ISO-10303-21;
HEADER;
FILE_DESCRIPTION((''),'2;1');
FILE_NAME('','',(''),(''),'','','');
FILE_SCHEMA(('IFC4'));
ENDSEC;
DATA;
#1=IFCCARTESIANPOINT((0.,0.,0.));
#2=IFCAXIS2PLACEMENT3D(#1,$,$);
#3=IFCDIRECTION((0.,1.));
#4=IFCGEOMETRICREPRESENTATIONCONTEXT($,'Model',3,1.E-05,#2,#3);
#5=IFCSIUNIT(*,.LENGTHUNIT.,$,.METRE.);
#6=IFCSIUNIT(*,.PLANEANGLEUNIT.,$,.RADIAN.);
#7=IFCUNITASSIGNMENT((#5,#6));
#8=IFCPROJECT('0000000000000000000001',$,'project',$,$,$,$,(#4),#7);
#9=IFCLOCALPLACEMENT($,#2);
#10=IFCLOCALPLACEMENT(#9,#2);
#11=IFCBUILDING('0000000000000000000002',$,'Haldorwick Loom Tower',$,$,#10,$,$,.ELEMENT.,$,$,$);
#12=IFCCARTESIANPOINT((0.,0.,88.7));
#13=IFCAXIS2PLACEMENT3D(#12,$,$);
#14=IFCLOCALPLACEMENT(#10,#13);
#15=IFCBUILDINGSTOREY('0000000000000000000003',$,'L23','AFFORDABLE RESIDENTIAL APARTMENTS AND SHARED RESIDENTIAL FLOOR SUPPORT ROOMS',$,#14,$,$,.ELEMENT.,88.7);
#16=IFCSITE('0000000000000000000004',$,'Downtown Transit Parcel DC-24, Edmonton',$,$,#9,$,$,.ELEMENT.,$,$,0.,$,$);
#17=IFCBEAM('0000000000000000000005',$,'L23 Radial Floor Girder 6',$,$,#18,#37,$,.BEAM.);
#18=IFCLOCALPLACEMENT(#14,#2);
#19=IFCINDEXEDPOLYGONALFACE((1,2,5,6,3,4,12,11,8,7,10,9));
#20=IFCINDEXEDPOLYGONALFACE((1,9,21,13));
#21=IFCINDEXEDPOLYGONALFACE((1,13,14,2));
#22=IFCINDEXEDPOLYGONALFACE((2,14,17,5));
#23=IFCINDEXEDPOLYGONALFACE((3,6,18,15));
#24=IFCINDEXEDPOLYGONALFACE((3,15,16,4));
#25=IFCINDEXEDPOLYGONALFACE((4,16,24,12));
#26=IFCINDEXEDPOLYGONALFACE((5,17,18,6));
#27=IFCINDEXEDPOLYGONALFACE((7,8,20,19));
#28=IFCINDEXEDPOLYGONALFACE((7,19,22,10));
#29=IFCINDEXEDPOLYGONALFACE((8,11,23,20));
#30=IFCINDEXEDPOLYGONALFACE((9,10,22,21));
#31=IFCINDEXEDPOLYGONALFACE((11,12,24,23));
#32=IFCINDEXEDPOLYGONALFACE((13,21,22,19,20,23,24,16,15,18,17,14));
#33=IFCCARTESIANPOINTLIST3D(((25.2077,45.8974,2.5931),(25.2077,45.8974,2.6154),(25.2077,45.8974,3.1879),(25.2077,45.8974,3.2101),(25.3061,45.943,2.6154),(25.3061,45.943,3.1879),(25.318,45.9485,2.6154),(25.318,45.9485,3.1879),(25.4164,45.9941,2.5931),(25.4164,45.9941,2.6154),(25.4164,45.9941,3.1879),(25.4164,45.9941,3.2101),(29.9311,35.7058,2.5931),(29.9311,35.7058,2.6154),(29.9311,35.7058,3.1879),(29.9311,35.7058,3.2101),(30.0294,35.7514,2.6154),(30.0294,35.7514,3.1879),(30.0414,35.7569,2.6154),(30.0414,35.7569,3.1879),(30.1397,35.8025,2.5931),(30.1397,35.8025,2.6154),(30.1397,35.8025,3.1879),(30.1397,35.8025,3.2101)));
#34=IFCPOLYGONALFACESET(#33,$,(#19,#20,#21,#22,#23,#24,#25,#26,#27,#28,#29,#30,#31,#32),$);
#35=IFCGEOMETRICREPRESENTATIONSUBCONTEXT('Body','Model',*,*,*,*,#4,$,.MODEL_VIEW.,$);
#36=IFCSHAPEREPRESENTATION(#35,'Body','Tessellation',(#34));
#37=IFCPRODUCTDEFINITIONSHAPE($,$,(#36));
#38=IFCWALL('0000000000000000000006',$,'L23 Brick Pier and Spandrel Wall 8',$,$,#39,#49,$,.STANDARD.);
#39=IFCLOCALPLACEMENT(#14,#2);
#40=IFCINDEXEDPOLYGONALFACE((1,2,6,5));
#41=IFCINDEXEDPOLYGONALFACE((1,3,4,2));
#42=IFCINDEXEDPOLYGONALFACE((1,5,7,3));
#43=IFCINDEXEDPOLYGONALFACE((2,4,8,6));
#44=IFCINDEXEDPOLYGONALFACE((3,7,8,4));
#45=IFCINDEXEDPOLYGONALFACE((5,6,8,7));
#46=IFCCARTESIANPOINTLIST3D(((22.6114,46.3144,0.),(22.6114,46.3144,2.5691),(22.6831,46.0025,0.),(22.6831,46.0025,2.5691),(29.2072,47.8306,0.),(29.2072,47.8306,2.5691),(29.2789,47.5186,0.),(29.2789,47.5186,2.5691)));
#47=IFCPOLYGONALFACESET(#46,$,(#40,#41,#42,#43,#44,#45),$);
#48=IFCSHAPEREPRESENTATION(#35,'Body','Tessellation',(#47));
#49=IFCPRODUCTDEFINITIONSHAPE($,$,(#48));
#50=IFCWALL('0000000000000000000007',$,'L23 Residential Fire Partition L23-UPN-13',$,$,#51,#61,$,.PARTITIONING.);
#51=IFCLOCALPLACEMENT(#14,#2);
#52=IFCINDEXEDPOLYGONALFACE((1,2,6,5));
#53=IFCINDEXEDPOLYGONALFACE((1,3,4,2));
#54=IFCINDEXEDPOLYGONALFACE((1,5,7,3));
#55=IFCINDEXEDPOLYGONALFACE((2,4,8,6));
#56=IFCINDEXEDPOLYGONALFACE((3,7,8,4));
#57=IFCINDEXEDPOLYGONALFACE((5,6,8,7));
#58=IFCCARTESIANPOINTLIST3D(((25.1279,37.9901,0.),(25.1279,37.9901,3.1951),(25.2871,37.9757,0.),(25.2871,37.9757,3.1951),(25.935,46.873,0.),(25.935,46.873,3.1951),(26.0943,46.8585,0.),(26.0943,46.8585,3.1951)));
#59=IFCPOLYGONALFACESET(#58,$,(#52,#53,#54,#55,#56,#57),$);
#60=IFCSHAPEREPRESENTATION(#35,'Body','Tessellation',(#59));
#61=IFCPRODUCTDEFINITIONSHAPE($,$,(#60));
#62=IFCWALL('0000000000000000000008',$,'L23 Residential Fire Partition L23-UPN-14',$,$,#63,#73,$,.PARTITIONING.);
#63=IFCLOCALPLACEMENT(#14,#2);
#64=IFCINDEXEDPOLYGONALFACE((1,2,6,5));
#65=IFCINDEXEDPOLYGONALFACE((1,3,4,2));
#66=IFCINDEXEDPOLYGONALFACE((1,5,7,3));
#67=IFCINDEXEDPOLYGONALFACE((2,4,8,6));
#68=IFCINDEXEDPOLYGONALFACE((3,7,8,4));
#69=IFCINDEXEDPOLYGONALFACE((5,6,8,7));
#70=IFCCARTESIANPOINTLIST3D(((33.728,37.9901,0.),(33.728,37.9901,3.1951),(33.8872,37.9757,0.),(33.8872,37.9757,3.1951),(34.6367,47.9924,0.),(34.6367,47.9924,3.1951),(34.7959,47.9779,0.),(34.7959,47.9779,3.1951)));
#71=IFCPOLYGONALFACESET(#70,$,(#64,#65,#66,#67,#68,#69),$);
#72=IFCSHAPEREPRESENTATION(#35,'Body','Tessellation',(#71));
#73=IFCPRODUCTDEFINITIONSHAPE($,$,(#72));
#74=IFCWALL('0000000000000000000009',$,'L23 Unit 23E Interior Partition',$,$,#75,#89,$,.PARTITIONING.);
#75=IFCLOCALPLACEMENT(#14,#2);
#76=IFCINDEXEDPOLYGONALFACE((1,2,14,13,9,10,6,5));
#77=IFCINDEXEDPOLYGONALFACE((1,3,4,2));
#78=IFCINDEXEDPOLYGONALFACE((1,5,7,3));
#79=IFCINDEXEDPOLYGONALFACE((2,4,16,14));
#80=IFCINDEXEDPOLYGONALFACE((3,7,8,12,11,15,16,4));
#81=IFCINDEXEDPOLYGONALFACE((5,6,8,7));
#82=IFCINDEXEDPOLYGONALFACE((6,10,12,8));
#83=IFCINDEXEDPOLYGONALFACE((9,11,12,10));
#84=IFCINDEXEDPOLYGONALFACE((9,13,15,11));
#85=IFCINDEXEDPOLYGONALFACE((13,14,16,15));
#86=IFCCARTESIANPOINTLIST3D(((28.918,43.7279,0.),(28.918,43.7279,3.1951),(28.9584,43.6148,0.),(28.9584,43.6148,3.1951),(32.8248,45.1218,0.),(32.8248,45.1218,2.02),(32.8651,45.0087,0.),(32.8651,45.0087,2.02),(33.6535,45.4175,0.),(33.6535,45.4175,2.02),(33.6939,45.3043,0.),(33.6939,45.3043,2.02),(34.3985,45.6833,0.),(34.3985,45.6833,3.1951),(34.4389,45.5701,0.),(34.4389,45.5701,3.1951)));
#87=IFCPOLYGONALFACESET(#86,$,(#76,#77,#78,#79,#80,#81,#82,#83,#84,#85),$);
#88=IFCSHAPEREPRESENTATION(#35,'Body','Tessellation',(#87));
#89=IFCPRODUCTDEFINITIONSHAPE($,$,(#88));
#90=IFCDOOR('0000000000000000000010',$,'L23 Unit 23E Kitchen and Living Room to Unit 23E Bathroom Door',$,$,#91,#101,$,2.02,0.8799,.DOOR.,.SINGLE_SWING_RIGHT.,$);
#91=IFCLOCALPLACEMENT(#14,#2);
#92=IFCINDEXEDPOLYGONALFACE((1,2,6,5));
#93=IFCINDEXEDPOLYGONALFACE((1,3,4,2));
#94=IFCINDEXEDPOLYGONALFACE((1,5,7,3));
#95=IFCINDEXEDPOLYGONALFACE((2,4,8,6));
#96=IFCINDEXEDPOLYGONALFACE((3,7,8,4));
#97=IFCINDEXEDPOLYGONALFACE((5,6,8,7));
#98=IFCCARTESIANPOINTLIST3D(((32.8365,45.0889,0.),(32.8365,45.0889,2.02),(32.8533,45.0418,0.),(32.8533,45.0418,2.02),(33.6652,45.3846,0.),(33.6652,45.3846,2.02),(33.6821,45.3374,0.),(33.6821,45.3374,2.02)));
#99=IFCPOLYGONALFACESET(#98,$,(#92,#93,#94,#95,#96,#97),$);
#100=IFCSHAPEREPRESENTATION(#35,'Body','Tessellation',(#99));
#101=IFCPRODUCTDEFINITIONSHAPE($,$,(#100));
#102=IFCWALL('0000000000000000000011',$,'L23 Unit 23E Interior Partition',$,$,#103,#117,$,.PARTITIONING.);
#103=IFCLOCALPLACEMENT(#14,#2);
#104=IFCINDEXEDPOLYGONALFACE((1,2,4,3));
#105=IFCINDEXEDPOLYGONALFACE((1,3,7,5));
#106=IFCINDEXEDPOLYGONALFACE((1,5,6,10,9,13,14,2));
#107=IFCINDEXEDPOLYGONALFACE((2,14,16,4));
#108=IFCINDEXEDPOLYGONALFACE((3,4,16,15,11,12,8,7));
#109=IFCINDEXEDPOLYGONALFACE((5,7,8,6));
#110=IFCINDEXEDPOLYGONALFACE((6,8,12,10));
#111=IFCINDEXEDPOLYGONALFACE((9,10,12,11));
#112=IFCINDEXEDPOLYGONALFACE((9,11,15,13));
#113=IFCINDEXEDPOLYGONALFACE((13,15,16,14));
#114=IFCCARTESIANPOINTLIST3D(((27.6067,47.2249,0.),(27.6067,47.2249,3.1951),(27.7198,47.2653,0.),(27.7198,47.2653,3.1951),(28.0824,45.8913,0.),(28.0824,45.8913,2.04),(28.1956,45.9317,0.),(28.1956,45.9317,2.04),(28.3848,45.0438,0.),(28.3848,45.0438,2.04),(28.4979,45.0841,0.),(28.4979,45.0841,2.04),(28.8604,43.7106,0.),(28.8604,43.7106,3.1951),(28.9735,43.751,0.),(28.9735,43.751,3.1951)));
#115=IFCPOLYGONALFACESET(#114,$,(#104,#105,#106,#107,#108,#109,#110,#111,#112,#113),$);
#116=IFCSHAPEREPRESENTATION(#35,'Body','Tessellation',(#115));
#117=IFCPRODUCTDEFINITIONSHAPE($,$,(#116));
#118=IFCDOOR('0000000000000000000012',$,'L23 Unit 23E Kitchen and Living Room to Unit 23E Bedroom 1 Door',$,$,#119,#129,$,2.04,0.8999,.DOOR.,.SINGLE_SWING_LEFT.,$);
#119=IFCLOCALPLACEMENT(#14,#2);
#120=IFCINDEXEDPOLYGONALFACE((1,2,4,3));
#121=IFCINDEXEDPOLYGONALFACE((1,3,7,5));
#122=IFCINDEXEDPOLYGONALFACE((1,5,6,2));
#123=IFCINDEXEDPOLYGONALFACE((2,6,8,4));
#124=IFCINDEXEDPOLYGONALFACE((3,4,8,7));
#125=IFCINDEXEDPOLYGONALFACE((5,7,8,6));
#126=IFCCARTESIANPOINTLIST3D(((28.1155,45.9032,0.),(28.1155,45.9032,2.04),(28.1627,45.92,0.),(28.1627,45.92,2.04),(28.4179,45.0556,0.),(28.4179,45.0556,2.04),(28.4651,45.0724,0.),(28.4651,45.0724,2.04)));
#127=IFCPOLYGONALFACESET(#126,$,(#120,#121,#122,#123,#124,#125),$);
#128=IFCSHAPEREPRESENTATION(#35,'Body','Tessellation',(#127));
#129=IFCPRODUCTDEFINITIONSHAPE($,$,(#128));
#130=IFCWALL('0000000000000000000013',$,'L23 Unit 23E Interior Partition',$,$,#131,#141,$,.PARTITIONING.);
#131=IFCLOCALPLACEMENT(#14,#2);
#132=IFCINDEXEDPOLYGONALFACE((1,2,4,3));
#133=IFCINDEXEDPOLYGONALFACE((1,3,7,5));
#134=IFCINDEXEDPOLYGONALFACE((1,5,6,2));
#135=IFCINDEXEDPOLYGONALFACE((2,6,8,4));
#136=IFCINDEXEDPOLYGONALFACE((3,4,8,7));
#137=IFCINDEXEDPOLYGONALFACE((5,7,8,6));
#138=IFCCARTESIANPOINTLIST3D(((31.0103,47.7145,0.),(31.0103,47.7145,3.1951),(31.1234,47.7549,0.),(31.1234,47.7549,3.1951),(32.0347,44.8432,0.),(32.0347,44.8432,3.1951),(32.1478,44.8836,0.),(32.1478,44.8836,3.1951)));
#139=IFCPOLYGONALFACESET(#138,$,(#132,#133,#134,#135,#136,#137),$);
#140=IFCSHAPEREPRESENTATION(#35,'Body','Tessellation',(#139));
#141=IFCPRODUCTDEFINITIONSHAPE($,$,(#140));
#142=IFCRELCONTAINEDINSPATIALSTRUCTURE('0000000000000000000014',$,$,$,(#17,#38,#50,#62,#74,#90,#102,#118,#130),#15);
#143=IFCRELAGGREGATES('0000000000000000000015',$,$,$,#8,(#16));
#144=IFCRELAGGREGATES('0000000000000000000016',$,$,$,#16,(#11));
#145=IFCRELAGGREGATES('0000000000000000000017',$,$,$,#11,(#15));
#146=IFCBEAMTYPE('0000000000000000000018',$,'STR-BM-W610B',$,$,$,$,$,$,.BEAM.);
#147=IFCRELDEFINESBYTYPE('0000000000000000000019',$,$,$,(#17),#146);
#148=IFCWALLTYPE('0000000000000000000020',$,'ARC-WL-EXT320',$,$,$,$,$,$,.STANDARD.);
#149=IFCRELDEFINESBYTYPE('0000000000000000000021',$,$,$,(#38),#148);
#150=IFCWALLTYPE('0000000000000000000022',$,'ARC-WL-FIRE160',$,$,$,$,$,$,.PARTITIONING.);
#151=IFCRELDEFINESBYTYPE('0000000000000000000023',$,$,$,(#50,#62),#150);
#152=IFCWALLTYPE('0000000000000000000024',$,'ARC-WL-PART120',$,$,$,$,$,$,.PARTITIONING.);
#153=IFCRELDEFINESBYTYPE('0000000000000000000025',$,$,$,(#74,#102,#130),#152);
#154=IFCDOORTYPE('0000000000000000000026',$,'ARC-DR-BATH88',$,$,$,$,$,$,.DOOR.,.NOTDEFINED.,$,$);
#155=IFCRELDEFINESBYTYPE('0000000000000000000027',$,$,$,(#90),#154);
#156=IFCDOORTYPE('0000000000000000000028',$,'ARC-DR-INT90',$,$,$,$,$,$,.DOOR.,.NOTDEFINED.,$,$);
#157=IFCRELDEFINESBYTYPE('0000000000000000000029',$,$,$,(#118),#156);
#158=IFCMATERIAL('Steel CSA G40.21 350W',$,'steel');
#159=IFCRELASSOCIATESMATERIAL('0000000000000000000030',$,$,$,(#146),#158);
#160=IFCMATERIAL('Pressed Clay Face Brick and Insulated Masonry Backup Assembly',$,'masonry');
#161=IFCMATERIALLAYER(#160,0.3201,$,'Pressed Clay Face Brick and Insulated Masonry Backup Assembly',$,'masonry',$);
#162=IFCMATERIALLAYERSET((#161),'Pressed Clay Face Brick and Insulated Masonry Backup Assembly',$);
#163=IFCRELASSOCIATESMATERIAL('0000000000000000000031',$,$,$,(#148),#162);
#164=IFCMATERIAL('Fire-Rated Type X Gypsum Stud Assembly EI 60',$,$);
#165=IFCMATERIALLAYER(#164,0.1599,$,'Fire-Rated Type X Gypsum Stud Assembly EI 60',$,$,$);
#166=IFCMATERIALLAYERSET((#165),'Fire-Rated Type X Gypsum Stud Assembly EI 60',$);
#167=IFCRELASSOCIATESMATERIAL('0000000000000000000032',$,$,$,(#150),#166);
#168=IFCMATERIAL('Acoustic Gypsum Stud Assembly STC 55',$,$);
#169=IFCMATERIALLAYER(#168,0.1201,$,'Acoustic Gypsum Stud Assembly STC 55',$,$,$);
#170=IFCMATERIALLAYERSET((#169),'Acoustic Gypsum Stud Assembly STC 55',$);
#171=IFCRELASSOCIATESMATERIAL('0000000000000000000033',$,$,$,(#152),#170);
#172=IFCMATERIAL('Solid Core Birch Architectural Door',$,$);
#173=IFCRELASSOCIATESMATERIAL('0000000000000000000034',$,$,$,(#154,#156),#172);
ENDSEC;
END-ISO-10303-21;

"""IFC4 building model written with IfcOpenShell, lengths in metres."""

from ifc_helpers import new_model, si_unit, direction, frame, frame_2d, origin, origin_2d, place, context, subcontext, project, spatial, rectangle, i_section, extrude, material, layer, layer_set, material_profile, profile_set, type_object, element, fill, save


model = new_model("IFC4")

# Units and contexts
model_context = context("Model", 3, precision=1e-05, world=origin(), true_north=direction((0.0, 1.0)))
body_context = subcontext(model_context, "Body", "Model", "MODEL_VIEW")
ifc_project = project(units=[si_unit("LENGTHUNIT", "METRE"), si_unit("PLANEANGLEUNIT", "RADIAN")], contexts=[model_context])

# Site, building, storey
site_placement = place(None, origin())
site = spatial("IfcSite", under=ifc_project, at=site_placement, Name="Downtown Transit Parcel DC-24, Edmonton", CompositionType="ELEMENT", RefElevation=0.0)
building_placement = place(site_placement, origin())
building = spatial("IfcBuilding", under=site, at=building_placement, Name="Haldorwick Loom Tower", CompositionType="ELEMENT")
storey_placement = place(building_placement, frame((0.0, 0.0, 88.7)))
storey = spatial("IfcBuildingStorey", under=building, at=storey_placement, Name="L23", Description="AFFORDABLE RESIDENTIAL APARTMENTS AND SHARED RESIDENTIAL FLOOR SUPPORT ROOMS", CompositionType="ELEMENT", Elevation=88.7)

# Beam
ifc_material_1 = material(Name="Steel CSA G40.21 350W", Category="steel")
ifc_material_profile_1 = material_profile(ifc_material_1, i_section(OverallWidth=0.23, OverallDepth=0.6169, WebThickness=0.0132, FlangeThickness=0.0222, at=origin_2d()), Name="W610X140", Category="steel")
ifc_profile_set_1 = profile_set([ifc_material_profile_1], Name="Steel CSA G40.21 350W")
beam_type_1 = type_object("IfcBeamType", Name="STR-BM-W610B", PredefinedType="BEAM", material=ifc_profile_set_1)
beam_1_placement = place(storey_placement, frame((30.0354, 35.7542, 2.9016), z_axis=(-0.420492, 0.907296, 0.0), x_axis=(-0.907296, -0.420492, 0.0)))
element("IfcBeam", 1, at=beam_1_placement, inside=storey, type_object=beam_type_1, Name="L23 Radial Floor Girder 6", PredefinedType="BEAM", context=body_context, shape_type="SweptSolid", body=[
    extrude(i_section(OverallWidth=0.23, OverallDepth=0.6169, WebThickness=0.0132, FlangeThickness=0.0222, at=origin_2d()), origin(), (0.0, 0.0, 1.0), 11.2329),
])

# Walls
ifc_material_2 = material(Name="Pressed Clay Face Brick and Insulated Masonry Backup Assembly", Category="masonry")
ifc_layer_1 = layer(ifc_material_2, 0.3201, Name="Pressed Clay Face Brick and Insulated Masonry Backup Assembly", Category="masonry")
ifc_layer_set_1 = layer_set([ifc_layer_1], Name="Pressed Clay Face Brick and Insulated Masonry Backup Assembly")
wall_type_1 = type_object("IfcWallType", Name="ARC-WL-EXT320", PredefinedType="STANDARD", material=ifc_layer_set_1)
wall_1_placement = place(storey_placement, frame((29.2429, 47.6746, 0.0), z_axis=(0.0, 0.0, 1.0), x_axis=(-0.974584, -0.224022, 0.0)))
element("IfcWall", 2, at=wall_1_placement, inside=storey, type_object=wall_type_1, Name="L23 Brick Pier and Spandrel Wall 8", PredefinedType="STANDARD", context=body_context, shape_type="SweptSolid", body=[
    extrude(rectangle(XDim=6.7678, YDim=0.3201, at=frame_2d((3.3838, 0.0))), origin(), (0.0, 0.0, 1.0), 2.5691),
])
ifc_material_3 = material(Name="Fire-Rated Type X Gypsum Stud Assembly EI 60")
ifc_layer_2 = layer(ifc_material_3, 0.1599, Name="Fire-Rated Type X Gypsum Stud Assembly EI 60")
ifc_layer_set_2 = layer_set([ifc_layer_2], Name="Fire-Rated Type X Gypsum Stud Assembly EI 60")
wall_type_2 = type_object("IfcWallType", Name="ARC-WL-FIRE160", PredefinedType="PARTITIONING", material=ifc_layer_set_2)
wall_2_placement = place(storey_placement, frame((25.2075, 37.9829, 0.0), z_axis=(0.0, 0.0, 1.0), x_axis=(0.090491, 0.995897, 0.0)))
element("IfcWall", 3, at=wall_2_placement, inside=storey, type_object=wall_type_2, Name="L23 Residential Fire Partition L23-UPN-13", PredefinedType="PARTITIONING", context=body_context, shape_type="SweptSolid", body=[
    extrude(rectangle(XDim=8.9194, YDim=0.1599, at=frame_2d((4.4597, 0.0))), origin(), (0.0, 0.0, 1.0), 3.1951),
])
wall_3_placement = place(storey_placement, frame((33.8076, 37.9829, 0.0), z_axis=(0.0, 0.0, 1.0), x_axis=(0.090477, 0.995899, 0.0)))
element("IfcWall", 4, at=wall_3_placement, inside=storey, type_object=wall_type_2, Name="L23 Residential Fire Partition L23-UPN-14", PredefinedType="PARTITIONING", context=body_context, shape_type="SweptSolid", body=[
    extrude(rectangle(XDim=10.0435, YDim=0.1599, at=frame_2d((5.0217, 0.0))), origin(), (0.0, 0.0, 1.0), 3.1951),
])

# Walls, openings, doors
ifc_material_4 = material(Name="Acoustic Gypsum Stud Assembly STC 55")
ifc_layer_3 = layer(ifc_material_4, 0.1201, Name="Acoustic Gypsum Stud Assembly STC 55")
ifc_layer_set_3 = layer_set([ifc_layer_3], Name="Acoustic Gypsum Stud Assembly STC 55")
wall_type_3 = type_object("IfcWallType", Name="ARC-WL-PART120", PredefinedType="PARTITIONING", material=ifc_layer_set_3)
wall_4_placement = place(storey_placement, frame((34.4187, 45.6267, 0.0), z_axis=(0.0, 0.0, 1.0), x_axis=(-0.94185, -0.336033, 0.0)))
wall_4 = element("IfcWall", 5, at=wall_4_placement, inside=storey, type_object=wall_type_3, Name="L23 Unit 23E Interior Partition", PredefinedType="PARTITIONING", context=body_context, shape_type="SweptSolid", body=[
    extrude(rectangle(XDim=5.8188, YDim=0.1201, at=frame_2d((2.9094, 0.0))), origin(), (0.0, 0.0, 1.0), 3.1951),
])
opening_1_placement = place(wall_4_placement, frame((0.791, 0.0, 0.0)))
opening_1 = element("IfcOpeningElement", 6, at=opening_1_placement, cuts=wall_4, PredefinedType="OPENING", context=body_context, shape_type="SweptSolid", body=[
    extrude(rectangle(XDim=0.8799, YDim=2.02, at=frame_2d((0.4399, 1.01))), frame((0.0, 0.0701, 0.0), z_axis=(0.0, -1.0, 0.0), x_axis=(1.0, 0.0, 0.0)), (0.0, 0.0, 1.0), 0.1401),
])
ifc_material_5 = material(Name="Solid Core Birch Architectural Door")
door_type_1 = type_object("IfcDoorType", Name="ARC-DR-BATH88", OperationType="NOTDEFINED", PredefinedType="DOOR", material=ifc_material_5)
door_1_placement = place(opening_1_placement, origin())
door_1 = element("IfcDoor", 7, at=door_1_placement, inside=storey, type_object=door_type_1, Name="L23 Unit 23E Kitchen and Living Room to Unit 23E Bathroom Door", OperationType="SINGLE_SWING_RIGHT", OverallHeight=2.02, OverallWidth=0.8799, PredefinedType="DOOR", context=body_context, shape_type="SweptSolid", body=[
    extrude(rectangle(XDim=0.8799, YDim=2.02, at=frame_2d((0.4399, 1.01))), frame((0.0, 0.0249, 0.0), z_axis=(0.0, -1.0, 0.0), x_axis=(1.0, 0.0, 0.0)), (0.0, 0.0, 1.0), 0.05),
])
fill(opening_1, door_1)
wall_5_placement = place(storey_placement, frame((28.917, 43.7307, 0.0), z_axis=(0.0, 0.0, 1.0), x_axis=(-0.336005, 0.94186, 0.0)))
wall_5 = element("IfcWall", 8, at=wall_5_placement, inside=storey, type_object=wall_type_3, Name="L23 Unit 23E Interior Partition", PredefinedType="PARTITIONING", context=body_context, shape_type="SweptSolid", body=[
    extrude(rectangle(XDim=3.7312, YDim=0.1201, at=frame_2d((1.8657, 0.0))), origin(), (0.0, 0.0, 1.0), 3.1951),
])
opening_2_placement = place(wall_5_placement, frame((1.4155, 0.0, 0.0)))
opening_2 = element("IfcOpeningElement", 9, at=opening_2_placement, cuts=wall_5, PredefinedType="OPENING", context=body_context, shape_type="SweptSolid", body=[
    extrude(rectangle(XDim=0.8999, YDim=2.04, at=frame_2d((0.45, 1.02))), frame((0.0, 0.0701, 0.0), z_axis=(0.0, -1.0, 0.0), x_axis=(1.0, 0.0, 0.0)), (0.0, 0.0, 1.0), 0.1401),
])
door_type_2 = type_object("IfcDoorType", Name="ARC-DR-INT90", OperationType="NOTDEFINED", PredefinedType="DOOR", material=ifc_material_5)
door_2_placement = place(opening_2_placement, origin())
door_2 = element("IfcDoor", 10, at=door_2_placement, inside=storey, type_object=door_type_2, Name="L23 Unit 23E Kitchen and Living Room to Unit 23E Bedroom 1 Door", OperationType="SINGLE_SWING_LEFT", OverallHeight=2.04, OverallWidth=0.8999, PredefinedType="DOOR", context=body_context, shape_type="SweptSolid", body=[
    extrude(rectangle(XDim=0.8999, YDim=2.04, at=frame_2d((0.45, 1.02))), frame((0.0, 0.0249, 0.0), z_axis=(0.0, -1.0, 0.0), x_axis=(1.0, 0.0, 0.0)), (0.0, 0.0, 1.0), 0.05),
])
fill(opening_2, door_2)

# Wall
wall_6_placement = place(storey_placement, frame((32.0913, 44.8633, 0.0), z_axis=(0.0, 0.0, 1.0), x_axis=(-0.336027, 0.941852, 0.0)))
element("IfcWall", 11, at=wall_6_placement, inside=storey, type_object=wall_type_3, Name="L23 Unit 23E Interior Partition", PredefinedType="PARTITIONING", context=body_context, shape_type="SweptSolid", body=[
    extrude(rectangle(XDim=3.0486, YDim=0.1201, at=frame_2d((1.5244, 0.0))), origin(), (0.0, 0.0, 1.0), 3.1951),
])

save(model, "model.ifc")
